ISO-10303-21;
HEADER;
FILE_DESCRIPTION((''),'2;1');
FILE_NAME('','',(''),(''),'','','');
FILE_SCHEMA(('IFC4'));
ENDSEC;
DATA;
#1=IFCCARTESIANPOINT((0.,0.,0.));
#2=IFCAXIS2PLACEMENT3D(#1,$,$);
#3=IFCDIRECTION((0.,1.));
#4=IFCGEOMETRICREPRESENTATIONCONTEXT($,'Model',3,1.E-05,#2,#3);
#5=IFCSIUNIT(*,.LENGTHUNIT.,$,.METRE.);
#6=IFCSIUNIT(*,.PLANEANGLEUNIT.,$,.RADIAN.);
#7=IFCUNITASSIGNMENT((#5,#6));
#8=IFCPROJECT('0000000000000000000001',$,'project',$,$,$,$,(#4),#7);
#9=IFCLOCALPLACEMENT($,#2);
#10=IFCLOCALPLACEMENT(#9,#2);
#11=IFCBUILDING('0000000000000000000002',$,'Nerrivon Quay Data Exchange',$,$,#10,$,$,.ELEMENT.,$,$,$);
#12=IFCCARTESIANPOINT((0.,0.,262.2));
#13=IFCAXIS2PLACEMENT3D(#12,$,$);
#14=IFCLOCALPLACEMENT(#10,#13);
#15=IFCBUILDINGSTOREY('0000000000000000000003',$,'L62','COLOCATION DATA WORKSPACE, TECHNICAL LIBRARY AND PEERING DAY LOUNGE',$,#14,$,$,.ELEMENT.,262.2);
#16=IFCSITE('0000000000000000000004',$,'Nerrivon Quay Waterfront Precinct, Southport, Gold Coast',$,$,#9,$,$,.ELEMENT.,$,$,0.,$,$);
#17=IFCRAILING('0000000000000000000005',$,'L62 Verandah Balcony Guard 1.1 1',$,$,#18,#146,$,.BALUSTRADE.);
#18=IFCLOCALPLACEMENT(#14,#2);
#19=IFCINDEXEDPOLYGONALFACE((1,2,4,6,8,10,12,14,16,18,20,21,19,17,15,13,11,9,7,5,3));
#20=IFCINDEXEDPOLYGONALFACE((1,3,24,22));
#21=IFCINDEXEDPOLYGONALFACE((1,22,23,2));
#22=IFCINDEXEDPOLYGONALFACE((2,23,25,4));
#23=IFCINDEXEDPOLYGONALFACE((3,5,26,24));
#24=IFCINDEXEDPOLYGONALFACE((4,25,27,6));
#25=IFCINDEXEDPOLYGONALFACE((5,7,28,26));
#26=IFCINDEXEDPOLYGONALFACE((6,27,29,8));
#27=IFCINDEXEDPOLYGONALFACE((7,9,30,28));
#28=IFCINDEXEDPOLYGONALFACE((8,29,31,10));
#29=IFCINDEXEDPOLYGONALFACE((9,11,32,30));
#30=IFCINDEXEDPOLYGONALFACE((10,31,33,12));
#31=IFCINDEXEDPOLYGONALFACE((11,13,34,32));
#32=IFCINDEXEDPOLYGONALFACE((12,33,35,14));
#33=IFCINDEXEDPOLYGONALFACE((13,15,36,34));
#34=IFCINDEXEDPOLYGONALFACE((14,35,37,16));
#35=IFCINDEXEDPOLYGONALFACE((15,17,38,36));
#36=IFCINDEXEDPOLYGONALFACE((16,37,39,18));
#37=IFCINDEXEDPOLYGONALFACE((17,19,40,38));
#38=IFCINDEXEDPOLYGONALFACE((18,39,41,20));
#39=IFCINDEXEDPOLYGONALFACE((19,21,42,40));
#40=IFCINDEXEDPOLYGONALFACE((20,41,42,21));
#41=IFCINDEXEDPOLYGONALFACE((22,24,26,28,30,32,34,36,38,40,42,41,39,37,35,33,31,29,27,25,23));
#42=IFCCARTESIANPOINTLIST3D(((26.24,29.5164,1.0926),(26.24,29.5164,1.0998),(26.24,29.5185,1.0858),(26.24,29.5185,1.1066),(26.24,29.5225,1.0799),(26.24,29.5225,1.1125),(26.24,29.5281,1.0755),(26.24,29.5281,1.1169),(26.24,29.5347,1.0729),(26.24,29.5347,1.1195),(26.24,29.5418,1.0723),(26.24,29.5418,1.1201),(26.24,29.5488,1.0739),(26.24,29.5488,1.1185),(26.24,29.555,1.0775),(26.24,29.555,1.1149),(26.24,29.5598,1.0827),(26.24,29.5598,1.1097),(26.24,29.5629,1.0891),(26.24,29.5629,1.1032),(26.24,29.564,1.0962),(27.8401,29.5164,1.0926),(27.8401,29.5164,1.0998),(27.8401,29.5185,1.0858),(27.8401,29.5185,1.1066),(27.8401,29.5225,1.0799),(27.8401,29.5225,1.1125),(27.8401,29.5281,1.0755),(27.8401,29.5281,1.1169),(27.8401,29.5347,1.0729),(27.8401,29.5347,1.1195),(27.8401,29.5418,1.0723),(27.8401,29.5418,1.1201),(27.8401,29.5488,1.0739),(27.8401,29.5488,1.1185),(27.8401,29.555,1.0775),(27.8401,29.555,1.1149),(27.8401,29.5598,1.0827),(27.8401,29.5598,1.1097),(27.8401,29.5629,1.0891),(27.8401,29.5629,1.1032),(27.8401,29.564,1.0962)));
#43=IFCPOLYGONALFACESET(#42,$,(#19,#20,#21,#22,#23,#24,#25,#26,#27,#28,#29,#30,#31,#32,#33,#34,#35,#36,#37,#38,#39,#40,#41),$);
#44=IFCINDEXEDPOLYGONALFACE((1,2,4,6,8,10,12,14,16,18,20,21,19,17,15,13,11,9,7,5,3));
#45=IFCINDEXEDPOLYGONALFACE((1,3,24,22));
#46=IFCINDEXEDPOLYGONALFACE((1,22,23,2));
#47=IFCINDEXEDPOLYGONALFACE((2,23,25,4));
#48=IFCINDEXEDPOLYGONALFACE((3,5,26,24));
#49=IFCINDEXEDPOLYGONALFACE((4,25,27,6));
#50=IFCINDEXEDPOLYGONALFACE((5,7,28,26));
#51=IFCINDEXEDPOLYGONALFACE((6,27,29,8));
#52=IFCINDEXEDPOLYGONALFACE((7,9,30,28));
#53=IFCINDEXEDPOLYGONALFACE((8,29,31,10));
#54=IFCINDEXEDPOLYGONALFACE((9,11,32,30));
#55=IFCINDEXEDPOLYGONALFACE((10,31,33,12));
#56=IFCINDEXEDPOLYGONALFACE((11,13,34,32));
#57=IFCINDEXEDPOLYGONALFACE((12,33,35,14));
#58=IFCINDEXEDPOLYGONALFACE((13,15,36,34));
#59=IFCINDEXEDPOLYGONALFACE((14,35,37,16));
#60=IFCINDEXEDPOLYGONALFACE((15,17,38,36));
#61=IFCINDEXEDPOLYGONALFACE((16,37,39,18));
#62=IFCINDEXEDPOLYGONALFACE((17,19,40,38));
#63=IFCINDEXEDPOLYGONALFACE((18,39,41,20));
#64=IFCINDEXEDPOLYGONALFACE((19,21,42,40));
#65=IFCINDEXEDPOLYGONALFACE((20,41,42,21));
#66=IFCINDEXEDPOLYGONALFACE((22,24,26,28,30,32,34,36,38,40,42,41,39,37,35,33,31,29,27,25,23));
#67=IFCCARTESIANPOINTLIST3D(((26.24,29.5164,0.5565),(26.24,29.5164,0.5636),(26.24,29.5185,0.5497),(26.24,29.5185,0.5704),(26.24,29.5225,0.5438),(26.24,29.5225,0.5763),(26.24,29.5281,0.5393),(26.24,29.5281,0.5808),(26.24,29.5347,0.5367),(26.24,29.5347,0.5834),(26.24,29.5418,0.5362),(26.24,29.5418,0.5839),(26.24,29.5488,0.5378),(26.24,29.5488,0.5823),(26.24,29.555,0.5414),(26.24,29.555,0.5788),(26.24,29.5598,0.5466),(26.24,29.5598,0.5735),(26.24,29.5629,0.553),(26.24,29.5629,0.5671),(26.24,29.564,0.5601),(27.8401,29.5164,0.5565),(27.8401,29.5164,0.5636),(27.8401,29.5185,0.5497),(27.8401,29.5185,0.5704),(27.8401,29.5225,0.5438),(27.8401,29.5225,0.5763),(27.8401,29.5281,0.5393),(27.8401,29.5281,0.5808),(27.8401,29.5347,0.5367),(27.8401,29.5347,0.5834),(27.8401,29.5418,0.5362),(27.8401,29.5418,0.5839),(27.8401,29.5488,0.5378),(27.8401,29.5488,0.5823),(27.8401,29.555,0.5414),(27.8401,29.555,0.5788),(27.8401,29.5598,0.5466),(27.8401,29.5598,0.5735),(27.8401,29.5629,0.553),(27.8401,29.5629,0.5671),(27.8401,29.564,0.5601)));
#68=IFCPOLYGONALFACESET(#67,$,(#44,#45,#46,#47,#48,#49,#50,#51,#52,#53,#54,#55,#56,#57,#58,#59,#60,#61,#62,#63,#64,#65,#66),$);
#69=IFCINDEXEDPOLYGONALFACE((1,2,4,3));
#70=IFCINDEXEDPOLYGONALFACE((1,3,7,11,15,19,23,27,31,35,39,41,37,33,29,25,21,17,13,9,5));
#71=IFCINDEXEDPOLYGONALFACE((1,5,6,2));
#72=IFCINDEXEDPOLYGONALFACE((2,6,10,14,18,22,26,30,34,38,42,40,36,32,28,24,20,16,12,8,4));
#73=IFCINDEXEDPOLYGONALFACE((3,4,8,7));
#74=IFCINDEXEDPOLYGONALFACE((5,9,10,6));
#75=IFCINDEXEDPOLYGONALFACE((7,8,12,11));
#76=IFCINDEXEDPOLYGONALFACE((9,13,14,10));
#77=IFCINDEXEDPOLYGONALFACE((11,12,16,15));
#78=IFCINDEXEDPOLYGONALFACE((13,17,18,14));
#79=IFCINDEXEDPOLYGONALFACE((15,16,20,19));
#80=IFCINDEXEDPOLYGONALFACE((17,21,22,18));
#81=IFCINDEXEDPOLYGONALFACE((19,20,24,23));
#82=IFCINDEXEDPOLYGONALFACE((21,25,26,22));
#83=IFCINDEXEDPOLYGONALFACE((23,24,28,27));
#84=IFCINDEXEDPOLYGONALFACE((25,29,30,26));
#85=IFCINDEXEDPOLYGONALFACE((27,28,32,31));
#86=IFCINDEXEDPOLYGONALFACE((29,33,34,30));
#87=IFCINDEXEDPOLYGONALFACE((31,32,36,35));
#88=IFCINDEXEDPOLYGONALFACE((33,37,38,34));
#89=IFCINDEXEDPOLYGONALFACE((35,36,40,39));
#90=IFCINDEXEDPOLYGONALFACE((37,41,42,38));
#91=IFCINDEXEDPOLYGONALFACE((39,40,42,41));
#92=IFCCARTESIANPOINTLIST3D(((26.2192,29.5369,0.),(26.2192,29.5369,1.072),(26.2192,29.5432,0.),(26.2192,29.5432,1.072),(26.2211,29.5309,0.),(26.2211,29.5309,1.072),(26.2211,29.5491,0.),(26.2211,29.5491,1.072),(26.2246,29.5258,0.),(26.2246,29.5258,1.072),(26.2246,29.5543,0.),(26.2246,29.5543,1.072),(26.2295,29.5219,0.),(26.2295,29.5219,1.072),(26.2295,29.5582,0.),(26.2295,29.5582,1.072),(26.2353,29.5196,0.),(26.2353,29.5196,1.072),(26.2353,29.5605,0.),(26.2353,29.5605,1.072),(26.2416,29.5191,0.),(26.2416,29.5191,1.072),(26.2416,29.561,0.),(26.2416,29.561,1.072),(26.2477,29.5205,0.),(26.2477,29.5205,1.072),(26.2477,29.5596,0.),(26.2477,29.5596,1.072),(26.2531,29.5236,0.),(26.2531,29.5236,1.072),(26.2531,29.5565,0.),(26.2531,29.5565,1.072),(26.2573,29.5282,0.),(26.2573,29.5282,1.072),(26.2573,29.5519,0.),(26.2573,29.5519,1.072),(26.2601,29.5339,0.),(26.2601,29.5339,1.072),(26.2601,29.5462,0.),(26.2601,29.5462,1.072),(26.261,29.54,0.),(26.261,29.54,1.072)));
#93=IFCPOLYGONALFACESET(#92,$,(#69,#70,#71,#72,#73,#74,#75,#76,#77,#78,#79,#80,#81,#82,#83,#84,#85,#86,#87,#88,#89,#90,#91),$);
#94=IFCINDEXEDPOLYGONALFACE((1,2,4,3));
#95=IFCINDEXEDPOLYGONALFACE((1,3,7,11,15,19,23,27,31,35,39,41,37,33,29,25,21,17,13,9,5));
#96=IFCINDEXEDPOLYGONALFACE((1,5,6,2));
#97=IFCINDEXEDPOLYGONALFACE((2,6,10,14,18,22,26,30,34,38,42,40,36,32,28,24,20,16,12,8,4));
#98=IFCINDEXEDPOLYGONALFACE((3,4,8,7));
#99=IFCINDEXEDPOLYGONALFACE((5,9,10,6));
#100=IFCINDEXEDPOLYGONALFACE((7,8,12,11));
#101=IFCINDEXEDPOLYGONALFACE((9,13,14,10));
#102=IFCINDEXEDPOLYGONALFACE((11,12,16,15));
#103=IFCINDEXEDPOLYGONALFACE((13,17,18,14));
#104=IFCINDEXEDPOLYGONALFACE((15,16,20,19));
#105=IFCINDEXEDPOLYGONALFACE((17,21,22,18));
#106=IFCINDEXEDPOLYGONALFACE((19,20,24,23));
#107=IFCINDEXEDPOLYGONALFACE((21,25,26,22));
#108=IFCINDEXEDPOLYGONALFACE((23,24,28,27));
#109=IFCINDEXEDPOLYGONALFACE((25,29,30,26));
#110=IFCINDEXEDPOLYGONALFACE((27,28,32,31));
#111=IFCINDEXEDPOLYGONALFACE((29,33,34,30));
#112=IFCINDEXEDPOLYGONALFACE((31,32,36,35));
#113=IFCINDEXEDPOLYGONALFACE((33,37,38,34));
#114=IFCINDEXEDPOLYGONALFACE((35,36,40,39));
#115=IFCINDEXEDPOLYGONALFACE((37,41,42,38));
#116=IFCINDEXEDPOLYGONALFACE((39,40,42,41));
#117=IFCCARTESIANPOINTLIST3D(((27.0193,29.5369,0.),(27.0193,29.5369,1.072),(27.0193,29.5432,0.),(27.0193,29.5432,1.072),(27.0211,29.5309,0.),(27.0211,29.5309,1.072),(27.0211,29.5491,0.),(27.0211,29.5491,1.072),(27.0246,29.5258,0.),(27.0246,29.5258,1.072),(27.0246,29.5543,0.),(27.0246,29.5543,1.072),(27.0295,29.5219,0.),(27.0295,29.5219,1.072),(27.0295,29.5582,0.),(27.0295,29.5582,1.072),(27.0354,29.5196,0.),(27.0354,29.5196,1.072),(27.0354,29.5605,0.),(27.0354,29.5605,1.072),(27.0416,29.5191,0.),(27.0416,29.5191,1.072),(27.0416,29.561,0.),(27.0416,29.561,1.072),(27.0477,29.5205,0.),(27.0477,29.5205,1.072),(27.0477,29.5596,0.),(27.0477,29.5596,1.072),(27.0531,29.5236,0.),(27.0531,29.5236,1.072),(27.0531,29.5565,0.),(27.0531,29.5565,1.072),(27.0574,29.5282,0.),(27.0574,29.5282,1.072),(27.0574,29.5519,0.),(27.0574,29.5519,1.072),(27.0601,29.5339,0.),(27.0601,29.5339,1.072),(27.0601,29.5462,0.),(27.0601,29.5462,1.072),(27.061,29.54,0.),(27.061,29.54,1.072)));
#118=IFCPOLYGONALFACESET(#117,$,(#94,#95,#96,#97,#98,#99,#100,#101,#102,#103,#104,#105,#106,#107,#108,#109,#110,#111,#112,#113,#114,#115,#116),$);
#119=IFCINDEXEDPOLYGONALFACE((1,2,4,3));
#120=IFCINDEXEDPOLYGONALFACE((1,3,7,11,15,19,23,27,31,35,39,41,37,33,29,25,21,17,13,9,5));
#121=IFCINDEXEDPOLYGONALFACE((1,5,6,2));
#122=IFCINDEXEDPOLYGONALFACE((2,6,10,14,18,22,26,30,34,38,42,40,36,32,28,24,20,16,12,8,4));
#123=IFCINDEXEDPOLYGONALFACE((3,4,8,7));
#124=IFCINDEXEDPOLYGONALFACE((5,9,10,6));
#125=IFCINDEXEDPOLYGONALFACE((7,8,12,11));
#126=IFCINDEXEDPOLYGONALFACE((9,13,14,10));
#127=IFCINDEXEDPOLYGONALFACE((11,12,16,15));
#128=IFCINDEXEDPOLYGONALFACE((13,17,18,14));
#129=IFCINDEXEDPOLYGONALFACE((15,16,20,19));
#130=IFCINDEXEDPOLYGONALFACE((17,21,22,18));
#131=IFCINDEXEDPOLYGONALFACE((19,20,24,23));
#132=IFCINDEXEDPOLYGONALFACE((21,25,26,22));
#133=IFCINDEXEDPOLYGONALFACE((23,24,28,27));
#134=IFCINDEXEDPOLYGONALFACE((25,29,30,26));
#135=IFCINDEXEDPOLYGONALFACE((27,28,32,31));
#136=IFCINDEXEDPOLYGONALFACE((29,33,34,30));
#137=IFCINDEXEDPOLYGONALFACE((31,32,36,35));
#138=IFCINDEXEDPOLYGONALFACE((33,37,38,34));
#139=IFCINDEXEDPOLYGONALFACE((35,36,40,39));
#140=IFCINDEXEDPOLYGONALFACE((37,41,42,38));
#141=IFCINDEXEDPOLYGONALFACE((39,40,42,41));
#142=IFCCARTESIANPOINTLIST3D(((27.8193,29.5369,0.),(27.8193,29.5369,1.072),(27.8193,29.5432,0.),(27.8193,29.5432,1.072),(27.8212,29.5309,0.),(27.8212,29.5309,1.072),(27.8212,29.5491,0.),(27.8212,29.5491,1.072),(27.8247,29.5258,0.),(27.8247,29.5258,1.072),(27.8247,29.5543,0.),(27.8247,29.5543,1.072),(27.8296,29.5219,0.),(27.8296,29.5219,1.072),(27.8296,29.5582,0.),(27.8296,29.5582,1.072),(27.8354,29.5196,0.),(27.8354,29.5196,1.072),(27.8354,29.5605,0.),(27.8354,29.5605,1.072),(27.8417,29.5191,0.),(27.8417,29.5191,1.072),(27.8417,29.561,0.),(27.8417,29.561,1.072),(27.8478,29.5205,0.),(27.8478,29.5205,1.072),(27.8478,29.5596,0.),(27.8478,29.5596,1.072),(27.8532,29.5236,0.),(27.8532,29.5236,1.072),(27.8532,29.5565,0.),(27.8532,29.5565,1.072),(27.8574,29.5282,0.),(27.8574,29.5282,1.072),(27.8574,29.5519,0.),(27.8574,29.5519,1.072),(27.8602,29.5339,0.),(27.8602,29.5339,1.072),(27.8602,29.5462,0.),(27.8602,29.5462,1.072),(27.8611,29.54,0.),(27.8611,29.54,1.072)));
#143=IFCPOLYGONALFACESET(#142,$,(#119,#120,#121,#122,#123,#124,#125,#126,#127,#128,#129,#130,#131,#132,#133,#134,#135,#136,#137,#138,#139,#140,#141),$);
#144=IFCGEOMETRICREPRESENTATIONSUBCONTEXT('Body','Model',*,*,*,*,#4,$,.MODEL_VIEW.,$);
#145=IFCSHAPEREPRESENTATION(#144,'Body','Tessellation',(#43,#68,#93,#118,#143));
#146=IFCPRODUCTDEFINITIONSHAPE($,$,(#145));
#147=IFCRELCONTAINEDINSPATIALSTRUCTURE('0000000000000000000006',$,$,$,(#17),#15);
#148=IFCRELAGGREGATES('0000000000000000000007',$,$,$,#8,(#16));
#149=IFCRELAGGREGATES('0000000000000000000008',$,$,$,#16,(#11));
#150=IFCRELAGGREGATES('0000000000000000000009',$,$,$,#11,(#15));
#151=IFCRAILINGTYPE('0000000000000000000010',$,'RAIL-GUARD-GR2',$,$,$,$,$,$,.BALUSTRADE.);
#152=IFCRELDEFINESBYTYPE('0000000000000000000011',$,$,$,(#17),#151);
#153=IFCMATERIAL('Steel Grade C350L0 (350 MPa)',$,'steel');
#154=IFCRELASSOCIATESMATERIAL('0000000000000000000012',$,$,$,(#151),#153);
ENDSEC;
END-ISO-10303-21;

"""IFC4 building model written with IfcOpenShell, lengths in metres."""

from ifc_helpers import new_model, si_unit, direction, frame, origin, origin_2d, place, context, subcontext, project, spatial, circle, extrude, material, type_object, element, save


model = new_model("IFC4")

# Units and contexts
model_context = context("Model", 3, precision=1e-05, world=origin(), true_north=direction((0.0, 1.0)))
body_context = subcontext(model_context, "Body", "Model", "MODEL_VIEW")
ifc_project = project(units=[si_unit("LENGTHUNIT", "METRE"), si_unit("PLANEANGLEUNIT", "RADIAN")], contexts=[model_context])

# Site, building, storey
site_placement = place(None, origin())
site = spatial("IfcSite", under=ifc_project, at=site_placement, Name="Nerrivon Quay Waterfront Precinct, Southport, Gold Coast", CompositionType="ELEMENT", RefElevation=0.0)
building_placement = place(site_placement, origin())
building = spatial("IfcBuilding", under=site, at=building_placement, Name="Nerrivon Quay Data Exchange", CompositionType="ELEMENT")
storey_placement = place(building_placement, frame((0.0, 0.0, 262.2)))
storey = spatial("IfcBuildingStorey", under=building, at=storey_placement, Name="L62", Description="COLOCATION DATA WORKSPACE, TECHNICAL LIBRARY AND PEERING DAY LOUNGE", CompositionType="ELEMENT", Elevation=262.2)

# Shared definitions
ifc_material_1 = material(Name="Steel Grade C350L0 (350 MPa)", Category="steel")

# Railing
railing_type = type_object("IfcRailingType", Name="RAIL-GUARD-GR2", PredefinedType="BALUSTRADE", material=ifc_material_1)
railing_1_placement = place(storey_placement, frame((26.24, 29.54, 0.0)))
element("IfcRailing", 1, at=railing_1_placement, inside=storey, type_object=railing_type, Name="L62 Verandah Balcony Guard 1.1 1", PredefinedType="BALUSTRADE", context=body_context, shape_type="SweptSolid", body=[
    extrude(circle(Radius=0.0239, at=origin_2d()), frame((0.0, 0.0, 1.0962), z_axis=(1.0, 0.0, 0.0), x_axis=(0.0, 1.0, 0.0)), (0.0, 0.0, 1.0), 1.6001),
    extrude(circle(Radius=0.0239, at=origin_2d()), frame((0.0, 0.0, 0.5601), z_axis=(1.0, 0.0, 0.0), x_axis=(0.0, 1.0, 0.0)), (0.0, 0.0, 1.0), 1.6001),
    extrude(circle(Radius=0.021, at=origin_2d()), origin(), (0.0, 0.0, 1.0), 1.072),
    extrude(circle(Radius=0.021, at=origin_2d()), frame((0.8, 0.0, 0.0)), (0.0, 0.0, 1.0), 1.072),
    extrude(circle(Radius=0.021, at=origin_2d()), frame((1.6001, 0.0, 0.0)), (0.0, 0.0, 1.0), 1.072),
])

save(model, "model.ifc")
